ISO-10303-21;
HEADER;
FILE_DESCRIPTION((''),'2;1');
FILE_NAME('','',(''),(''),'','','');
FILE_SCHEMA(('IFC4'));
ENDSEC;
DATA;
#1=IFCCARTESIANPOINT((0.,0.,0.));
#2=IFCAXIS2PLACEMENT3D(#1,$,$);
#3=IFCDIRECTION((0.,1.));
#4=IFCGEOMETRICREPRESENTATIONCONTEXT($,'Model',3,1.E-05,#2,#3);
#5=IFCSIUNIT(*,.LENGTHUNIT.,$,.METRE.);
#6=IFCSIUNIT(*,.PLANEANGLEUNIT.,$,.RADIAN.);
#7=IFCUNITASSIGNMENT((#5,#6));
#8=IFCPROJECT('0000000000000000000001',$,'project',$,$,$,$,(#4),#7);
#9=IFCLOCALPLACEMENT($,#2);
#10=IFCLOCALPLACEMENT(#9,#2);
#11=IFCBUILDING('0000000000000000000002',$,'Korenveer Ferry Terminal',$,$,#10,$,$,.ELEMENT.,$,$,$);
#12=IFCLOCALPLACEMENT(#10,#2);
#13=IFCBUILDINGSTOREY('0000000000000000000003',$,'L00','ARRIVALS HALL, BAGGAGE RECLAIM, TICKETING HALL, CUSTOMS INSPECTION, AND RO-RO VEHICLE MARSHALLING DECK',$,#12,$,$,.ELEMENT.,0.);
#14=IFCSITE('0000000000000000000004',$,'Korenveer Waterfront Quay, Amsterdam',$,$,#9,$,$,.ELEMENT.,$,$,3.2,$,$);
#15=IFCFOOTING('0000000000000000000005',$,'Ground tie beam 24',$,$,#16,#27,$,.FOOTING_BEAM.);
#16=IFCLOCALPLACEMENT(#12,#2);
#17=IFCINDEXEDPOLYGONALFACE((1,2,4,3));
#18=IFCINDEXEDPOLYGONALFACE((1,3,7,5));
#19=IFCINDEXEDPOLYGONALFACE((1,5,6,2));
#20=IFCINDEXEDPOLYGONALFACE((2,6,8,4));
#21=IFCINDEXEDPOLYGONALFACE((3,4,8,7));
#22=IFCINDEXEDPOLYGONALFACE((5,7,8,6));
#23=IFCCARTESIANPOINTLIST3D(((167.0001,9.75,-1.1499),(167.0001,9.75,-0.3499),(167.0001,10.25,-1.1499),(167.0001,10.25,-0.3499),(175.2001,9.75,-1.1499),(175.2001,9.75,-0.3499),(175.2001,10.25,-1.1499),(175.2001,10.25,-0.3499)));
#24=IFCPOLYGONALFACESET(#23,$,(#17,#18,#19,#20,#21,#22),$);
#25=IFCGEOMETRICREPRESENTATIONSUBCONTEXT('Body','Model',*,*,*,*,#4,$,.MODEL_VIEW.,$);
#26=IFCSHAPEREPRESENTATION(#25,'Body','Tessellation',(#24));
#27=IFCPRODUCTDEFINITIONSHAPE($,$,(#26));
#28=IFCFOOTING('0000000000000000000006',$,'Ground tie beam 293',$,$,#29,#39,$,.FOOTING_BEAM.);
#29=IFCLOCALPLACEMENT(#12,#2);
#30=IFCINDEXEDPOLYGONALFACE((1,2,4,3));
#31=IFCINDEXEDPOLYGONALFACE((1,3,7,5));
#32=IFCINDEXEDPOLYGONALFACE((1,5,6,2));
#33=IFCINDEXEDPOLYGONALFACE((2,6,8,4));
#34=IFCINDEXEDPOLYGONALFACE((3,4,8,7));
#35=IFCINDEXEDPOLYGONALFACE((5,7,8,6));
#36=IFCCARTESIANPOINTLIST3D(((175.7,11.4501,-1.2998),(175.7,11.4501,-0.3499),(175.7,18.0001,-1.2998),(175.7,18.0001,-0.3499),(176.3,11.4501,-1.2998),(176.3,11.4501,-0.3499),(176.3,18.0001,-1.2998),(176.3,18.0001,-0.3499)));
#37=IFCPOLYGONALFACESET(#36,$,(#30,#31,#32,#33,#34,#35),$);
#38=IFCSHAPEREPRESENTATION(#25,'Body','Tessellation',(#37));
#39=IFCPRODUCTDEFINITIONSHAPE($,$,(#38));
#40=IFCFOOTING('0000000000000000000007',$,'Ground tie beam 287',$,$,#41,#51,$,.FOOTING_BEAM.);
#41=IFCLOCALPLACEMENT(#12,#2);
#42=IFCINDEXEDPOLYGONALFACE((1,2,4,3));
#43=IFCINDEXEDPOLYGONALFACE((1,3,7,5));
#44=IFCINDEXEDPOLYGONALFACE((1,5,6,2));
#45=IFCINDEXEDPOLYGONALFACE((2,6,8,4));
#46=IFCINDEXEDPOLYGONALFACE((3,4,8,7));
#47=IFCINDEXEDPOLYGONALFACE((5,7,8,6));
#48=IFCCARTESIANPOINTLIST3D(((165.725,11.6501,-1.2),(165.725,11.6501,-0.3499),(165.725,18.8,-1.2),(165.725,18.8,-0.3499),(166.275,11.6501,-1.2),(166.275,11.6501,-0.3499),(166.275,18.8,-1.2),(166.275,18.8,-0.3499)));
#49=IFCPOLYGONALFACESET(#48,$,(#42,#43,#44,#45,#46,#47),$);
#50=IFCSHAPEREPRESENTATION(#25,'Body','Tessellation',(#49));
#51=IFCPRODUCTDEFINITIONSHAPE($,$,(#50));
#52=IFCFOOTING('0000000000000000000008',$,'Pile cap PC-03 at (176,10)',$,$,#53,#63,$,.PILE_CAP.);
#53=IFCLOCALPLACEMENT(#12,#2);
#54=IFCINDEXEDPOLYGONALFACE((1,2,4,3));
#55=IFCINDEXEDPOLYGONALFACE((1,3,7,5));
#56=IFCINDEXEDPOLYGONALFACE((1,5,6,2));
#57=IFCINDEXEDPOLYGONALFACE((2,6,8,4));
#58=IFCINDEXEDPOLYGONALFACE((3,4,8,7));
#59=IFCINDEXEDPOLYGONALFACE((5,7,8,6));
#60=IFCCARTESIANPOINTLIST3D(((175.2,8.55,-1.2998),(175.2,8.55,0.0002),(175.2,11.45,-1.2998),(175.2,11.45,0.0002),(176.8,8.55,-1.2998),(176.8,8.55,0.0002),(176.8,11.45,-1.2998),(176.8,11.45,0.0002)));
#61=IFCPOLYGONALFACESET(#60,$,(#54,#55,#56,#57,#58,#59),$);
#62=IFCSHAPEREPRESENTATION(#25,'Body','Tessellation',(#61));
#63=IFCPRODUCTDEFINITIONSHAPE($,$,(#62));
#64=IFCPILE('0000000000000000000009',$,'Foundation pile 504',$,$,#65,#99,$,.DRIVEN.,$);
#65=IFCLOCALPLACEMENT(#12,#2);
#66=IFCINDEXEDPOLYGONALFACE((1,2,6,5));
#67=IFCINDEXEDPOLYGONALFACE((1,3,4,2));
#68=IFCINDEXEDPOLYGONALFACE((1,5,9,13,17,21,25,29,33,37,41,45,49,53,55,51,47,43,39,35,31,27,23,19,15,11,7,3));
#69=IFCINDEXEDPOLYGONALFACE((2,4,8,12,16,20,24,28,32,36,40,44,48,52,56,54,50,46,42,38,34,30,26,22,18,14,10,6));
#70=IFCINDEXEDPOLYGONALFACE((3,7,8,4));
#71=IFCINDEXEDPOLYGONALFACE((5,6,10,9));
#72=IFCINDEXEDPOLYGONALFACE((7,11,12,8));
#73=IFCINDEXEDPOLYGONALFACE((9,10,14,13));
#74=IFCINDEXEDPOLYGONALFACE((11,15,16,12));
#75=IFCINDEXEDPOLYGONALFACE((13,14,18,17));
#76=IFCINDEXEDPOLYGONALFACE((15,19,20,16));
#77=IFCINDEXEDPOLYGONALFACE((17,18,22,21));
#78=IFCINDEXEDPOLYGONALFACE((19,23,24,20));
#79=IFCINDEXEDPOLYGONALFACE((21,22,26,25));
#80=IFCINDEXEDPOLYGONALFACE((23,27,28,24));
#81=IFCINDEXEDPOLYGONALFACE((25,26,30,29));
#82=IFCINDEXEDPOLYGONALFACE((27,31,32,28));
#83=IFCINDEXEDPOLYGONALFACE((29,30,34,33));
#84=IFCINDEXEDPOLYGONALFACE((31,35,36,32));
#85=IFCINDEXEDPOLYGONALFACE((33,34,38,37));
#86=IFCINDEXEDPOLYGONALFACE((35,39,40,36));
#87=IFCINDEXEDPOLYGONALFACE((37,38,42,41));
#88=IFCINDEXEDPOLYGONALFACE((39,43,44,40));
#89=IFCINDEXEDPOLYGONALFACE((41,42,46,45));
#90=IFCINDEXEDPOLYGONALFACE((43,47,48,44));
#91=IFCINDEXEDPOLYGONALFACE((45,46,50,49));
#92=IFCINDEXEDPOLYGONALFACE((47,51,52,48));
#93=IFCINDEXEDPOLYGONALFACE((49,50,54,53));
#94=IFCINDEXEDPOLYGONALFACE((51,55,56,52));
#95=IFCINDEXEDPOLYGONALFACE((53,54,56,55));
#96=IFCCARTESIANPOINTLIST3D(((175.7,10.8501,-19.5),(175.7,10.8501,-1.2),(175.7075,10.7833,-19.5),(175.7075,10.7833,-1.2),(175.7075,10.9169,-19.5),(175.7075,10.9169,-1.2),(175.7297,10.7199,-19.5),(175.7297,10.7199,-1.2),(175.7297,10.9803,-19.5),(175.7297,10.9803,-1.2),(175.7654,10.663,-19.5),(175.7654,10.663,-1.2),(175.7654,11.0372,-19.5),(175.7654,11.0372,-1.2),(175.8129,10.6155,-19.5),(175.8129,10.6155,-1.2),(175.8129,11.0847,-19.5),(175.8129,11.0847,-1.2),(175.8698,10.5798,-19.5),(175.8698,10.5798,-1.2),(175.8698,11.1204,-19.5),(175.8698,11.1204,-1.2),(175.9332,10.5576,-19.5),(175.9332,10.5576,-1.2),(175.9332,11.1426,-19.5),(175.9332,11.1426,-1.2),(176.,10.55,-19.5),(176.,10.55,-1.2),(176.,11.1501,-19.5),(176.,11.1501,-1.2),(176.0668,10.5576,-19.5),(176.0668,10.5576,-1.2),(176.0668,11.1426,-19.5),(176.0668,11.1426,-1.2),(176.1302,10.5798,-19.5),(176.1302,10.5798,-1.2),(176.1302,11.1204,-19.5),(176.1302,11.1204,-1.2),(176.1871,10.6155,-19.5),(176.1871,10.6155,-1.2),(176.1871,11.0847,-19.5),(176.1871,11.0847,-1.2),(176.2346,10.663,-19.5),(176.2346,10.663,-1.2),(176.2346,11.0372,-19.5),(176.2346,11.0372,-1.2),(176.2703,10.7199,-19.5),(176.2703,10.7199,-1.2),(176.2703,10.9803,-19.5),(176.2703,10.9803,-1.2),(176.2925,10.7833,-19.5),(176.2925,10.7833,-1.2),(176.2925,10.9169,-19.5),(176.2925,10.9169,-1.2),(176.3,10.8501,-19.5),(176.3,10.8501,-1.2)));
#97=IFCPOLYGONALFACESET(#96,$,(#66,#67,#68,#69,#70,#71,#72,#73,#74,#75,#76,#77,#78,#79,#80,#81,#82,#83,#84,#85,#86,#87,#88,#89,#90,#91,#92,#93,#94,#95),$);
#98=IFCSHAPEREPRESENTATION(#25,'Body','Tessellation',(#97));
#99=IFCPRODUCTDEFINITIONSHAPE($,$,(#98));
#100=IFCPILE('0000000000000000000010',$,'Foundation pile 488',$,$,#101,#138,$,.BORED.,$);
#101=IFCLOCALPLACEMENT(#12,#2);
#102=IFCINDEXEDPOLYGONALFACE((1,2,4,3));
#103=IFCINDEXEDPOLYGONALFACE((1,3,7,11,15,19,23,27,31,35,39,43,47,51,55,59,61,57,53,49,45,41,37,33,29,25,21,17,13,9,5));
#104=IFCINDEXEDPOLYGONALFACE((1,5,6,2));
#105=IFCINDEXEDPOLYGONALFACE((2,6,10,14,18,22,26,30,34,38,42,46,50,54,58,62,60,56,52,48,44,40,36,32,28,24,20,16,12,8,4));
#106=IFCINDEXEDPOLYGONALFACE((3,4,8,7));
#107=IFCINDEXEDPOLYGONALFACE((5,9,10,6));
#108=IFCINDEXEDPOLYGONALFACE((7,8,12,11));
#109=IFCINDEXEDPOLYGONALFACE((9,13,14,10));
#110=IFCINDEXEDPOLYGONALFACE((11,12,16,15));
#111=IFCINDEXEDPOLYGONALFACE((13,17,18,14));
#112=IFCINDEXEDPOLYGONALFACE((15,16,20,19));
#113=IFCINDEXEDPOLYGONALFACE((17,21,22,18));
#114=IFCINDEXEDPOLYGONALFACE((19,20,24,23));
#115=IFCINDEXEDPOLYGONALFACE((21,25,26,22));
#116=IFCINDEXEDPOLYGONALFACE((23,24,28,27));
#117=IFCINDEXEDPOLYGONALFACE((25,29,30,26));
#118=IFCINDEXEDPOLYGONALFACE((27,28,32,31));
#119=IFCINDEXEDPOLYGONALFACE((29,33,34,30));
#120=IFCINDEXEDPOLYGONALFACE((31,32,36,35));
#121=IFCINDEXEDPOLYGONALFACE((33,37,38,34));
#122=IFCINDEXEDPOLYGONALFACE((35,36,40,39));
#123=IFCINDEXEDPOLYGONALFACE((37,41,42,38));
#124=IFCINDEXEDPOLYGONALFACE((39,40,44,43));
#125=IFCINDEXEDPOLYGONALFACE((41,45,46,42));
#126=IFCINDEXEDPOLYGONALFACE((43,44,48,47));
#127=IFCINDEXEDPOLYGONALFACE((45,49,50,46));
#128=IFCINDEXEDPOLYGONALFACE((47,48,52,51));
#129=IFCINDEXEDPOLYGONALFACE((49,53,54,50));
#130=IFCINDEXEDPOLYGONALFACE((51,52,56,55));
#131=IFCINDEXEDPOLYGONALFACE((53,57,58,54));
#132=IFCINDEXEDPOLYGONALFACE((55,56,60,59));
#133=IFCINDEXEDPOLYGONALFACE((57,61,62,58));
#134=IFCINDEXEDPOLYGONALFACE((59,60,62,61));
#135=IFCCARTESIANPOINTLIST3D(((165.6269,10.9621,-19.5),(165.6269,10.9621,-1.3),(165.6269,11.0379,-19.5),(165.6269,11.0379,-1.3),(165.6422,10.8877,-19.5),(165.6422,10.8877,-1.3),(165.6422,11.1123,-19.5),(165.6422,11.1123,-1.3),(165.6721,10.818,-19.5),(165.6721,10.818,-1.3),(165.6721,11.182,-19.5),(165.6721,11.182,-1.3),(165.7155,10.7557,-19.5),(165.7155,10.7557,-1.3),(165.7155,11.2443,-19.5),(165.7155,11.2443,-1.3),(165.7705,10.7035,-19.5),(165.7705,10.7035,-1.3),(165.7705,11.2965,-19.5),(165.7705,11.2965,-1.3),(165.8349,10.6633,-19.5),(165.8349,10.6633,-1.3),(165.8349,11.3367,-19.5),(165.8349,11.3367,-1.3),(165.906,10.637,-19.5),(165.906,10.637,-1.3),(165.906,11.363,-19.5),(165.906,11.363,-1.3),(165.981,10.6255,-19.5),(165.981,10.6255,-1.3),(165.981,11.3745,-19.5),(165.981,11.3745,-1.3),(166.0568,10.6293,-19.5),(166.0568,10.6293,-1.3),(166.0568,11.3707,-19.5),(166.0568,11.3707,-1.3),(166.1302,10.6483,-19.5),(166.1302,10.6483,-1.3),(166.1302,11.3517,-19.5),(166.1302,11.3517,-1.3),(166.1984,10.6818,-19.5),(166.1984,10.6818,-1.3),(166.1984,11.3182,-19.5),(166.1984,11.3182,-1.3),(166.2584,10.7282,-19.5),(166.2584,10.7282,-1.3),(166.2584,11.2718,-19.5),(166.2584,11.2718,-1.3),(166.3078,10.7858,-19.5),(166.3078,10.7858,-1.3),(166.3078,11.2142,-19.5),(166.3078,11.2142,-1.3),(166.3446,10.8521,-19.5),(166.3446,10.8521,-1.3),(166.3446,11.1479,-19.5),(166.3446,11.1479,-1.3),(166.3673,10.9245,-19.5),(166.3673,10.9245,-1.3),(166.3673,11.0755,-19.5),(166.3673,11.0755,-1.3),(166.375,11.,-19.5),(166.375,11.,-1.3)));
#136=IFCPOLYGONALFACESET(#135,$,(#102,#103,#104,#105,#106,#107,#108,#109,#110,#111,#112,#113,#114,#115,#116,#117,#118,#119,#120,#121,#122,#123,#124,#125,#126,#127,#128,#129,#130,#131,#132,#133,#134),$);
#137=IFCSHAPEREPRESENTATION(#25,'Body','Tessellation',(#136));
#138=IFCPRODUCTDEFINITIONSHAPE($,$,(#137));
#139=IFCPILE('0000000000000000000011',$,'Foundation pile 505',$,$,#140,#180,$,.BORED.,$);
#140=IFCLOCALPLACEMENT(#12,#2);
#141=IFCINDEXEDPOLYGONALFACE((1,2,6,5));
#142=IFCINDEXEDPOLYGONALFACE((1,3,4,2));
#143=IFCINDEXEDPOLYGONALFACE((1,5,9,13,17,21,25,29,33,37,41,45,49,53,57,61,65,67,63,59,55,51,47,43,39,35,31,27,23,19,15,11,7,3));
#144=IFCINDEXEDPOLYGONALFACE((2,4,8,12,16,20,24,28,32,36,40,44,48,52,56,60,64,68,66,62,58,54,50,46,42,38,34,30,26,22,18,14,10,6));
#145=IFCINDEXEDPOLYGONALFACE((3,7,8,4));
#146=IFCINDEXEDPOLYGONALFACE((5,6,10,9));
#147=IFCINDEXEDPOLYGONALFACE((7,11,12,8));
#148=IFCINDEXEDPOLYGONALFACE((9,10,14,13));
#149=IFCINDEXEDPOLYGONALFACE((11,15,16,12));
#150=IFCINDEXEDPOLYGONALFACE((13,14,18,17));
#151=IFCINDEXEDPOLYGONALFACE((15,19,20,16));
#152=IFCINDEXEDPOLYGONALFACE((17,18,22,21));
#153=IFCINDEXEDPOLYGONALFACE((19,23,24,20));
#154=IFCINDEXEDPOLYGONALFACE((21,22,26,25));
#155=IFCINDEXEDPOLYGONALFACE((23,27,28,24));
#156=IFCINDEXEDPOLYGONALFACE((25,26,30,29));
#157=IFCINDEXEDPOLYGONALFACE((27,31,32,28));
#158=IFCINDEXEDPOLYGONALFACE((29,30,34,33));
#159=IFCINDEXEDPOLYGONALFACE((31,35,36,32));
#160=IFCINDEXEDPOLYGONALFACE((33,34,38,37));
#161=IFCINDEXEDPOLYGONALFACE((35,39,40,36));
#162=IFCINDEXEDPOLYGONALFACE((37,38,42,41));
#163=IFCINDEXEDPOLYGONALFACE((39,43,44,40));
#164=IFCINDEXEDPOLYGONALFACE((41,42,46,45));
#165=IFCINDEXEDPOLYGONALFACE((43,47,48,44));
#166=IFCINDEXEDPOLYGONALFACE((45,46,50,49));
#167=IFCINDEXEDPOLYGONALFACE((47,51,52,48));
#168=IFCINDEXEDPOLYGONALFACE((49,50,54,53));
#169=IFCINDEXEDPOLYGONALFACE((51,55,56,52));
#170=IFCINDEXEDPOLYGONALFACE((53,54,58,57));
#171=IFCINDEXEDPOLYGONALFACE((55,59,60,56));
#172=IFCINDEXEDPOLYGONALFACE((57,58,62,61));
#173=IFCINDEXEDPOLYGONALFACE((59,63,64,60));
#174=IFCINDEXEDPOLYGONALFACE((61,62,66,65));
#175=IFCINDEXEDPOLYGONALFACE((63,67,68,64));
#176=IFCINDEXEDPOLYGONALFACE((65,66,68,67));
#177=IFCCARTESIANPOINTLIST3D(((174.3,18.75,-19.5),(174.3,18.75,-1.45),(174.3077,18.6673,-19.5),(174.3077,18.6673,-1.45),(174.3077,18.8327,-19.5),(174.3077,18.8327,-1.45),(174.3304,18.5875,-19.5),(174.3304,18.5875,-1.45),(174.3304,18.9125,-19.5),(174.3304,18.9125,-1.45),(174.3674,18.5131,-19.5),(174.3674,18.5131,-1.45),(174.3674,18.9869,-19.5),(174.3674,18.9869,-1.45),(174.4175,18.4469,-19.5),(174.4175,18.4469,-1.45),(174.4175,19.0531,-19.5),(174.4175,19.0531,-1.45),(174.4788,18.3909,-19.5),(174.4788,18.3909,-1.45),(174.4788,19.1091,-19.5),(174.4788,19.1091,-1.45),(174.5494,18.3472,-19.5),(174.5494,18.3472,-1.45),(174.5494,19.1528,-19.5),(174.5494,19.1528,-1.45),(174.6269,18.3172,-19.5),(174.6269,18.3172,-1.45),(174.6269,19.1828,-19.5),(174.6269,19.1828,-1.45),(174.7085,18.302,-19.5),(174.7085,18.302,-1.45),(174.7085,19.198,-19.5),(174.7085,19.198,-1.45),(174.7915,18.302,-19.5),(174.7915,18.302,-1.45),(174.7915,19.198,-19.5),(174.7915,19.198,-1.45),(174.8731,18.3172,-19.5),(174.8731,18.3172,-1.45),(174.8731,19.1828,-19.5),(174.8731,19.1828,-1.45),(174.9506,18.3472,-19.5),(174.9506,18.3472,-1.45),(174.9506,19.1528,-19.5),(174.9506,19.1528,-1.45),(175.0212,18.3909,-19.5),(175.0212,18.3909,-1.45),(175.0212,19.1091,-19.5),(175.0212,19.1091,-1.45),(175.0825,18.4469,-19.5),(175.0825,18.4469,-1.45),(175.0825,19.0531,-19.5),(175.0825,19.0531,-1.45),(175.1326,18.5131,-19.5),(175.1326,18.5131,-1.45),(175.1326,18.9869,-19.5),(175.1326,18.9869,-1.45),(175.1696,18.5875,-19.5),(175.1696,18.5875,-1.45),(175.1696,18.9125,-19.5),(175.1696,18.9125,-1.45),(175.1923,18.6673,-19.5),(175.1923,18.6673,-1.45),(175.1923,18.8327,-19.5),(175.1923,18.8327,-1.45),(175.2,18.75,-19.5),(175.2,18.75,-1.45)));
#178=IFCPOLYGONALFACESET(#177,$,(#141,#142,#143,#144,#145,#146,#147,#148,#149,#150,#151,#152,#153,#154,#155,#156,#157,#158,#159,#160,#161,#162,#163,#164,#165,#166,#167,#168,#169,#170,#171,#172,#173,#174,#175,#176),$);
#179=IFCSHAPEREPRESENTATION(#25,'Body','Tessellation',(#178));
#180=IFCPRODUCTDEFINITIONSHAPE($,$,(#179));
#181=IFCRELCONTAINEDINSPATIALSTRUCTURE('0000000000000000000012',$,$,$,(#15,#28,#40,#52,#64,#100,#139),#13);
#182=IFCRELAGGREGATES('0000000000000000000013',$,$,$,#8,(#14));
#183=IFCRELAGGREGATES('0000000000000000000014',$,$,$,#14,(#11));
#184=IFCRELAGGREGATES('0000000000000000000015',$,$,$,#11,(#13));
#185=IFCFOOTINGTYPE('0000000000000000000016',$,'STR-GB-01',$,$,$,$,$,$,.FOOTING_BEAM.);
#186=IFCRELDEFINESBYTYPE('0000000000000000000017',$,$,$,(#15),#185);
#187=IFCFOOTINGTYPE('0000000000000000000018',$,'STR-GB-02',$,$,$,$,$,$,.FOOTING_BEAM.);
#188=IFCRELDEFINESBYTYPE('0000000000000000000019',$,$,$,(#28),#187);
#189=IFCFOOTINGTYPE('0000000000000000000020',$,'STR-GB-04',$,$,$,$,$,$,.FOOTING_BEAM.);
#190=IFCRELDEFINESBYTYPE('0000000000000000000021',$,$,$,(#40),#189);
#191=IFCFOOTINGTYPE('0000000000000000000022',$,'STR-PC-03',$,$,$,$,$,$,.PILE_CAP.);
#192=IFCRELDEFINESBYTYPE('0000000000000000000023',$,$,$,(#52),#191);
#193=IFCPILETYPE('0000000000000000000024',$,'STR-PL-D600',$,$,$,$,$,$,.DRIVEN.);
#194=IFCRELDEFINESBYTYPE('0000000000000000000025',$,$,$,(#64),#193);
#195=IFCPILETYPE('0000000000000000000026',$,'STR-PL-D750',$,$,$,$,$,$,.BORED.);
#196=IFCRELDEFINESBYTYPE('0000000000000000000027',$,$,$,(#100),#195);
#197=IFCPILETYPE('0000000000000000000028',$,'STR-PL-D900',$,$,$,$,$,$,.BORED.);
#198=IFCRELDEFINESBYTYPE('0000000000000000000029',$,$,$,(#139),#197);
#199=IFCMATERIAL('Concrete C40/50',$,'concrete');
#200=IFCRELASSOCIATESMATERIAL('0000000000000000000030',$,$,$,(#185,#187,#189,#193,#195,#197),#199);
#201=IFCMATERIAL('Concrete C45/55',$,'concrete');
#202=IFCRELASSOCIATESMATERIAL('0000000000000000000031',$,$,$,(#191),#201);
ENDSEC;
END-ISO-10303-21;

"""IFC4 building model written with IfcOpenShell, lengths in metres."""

from ifc_helpers import new_model, si_unit, direction, frame, origin, origin_2d, place, context, subcontext, project, spatial, rectangle, circle, extrude, material, material_profile, profile_set, type_object, element, save


model = new_model("IFC4")

# Units and contexts
model_context = context("Model", 3, precision=1e-05, world=origin(), true_north=direction((0.0, 1.0)))
body_context = subcontext(model_context, "Body", "Model", "MODEL_VIEW")
ifc_project = project(units=[si_unit("LENGTHUNIT", "METRE"), si_unit("PLANEANGLEUNIT", "RADIAN")], contexts=[model_context])

# Site, building, storey
site_placement = place(None, origin())
site = spatial("IfcSite", under=ifc_project, at=site_placement, Name="Korenveer Waterfront Quay, Amsterdam", CompositionType="ELEMENT", RefElevation=3.2)
building_placement = place(site_placement, origin())
building = spatial("IfcBuilding", under=site, at=building_placement, Name="Korenveer Ferry Terminal", CompositionType="ELEMENT")
storey_placement = place(building_placement, origin())
storey = spatial("IfcBuildingStorey", under=building, at=storey_placement, Name="L00", Description="ARRIVALS HALL, BAGGAGE RECLAIM, TICKETING HALL, CUSTOMS INSPECTION, AND RO-RO VEHICLE MARSHALLING DECK", CompositionType="ELEMENT", Elevation=0.0)

# Footings
ifc_material_1 = material(Name="Concrete C40/50", Category="concrete")
footing_type_1 = type_object("IfcFootingType", Name="STR-GB-01", PredefinedType="FOOTING_BEAM", material=ifc_material_1)
footing_1_placement = place(storey_placement, frame((171.1001, 10.0, -1.1499), z_axis=(0.0, 0.0, 1.0), x_axis=(1.0, 0.0, 0.0)))
element("IfcFooting", 1, at=footing_1_placement, inside=storey, type_object=footing_type_1, Name="Ground tie beam 24", PredefinedType="FOOTING_BEAM", context=body_context, shape_type="SweptSolid", body=[
    extrude(rectangle(XDim=8.2, YDim=0.5, at=origin_2d()), origin(), (0.0, 0.0, 1.0), 0.8),
])
footing_type_2 = type_object("IfcFootingType", Name="STR-GB-02", PredefinedType="FOOTING_BEAM", material=ifc_material_1)
footing_2_placement = place(storey_placement, frame((176.0, 14.7251, -1.2998), z_axis=(0.0, 0.0, 1.0), x_axis=(1.0, 0.0, 0.0)))
element("IfcFooting", 2, at=footing_2_placement, inside=storey, type_object=footing_type_2, Name="Ground tie beam 293", PredefinedType="FOOTING_BEAM", context=body_context, shape_type="SweptSolid", body=[
    extrude(rectangle(XDim=0.6001, YDim=6.55, at=origin_2d()), origin(), (0.0, 0.0, 1.0), 0.95),
])
footing_type_3 = type_object("IfcFootingType", Name="STR-GB-04", PredefinedType="FOOTING_BEAM", material=ifc_material_1)
footing_3_placement = place(storey_placement, frame((166.0, 15.2251, -1.2), z_axis=(0.0, 0.0, 1.0), x_axis=(1.0, 0.0, 0.0)))
element("IfcFooting", 3, at=footing_3_placement, inside=storey, type_object=footing_type_3, Name="Ground tie beam 287", PredefinedType="FOOTING_BEAM", context=body_context, shape_type="SweptSolid", body=[
    extrude(rectangle(XDim=0.55, YDim=7.1499, at=origin_2d()), origin(), (0.0, 0.0, 1.0), 0.8501),
])
ifc_material_2 = material(Name="Concrete C45/55", Category="concrete")
footing_type_4 = type_object("IfcFootingType", Name="STR-PC-03", PredefinedType="PILE_CAP", material=ifc_material_2)
footing_4_placement = place(storey_placement, frame((176.0, 10.0, -1.2998), z_axis=(0.0, 0.0, 1.0), x_axis=(1.0, 0.0, 0.0)))
element("IfcFooting", 4, at=footing_4_placement, inside=storey, type_object=footing_type_4, Name="Pile cap PC-03 at (176,10)", PredefinedType="PILE_CAP", context=body_context, shape_type="SweptSolid", body=[
    extrude(rectangle(XDim=1.6001, YDim=2.8999, at=origin_2d()), origin(), (0.0, 0.0, 1.0), 1.3),
])

# Piles
ifc_material_profile_1 = material_profile(ifc_material_1, circle(Radius=0.3, at=origin_2d()), Name="PILE D600")
ifc_profile_set_1 = profile_set([ifc_material_profile_1], Name="Concrete C40/50")
pile_type_1 = type_object("IfcPileType", Name="STR-PL-D600", PredefinedType="DRIVEN", material=ifc_profile_set_1)
pile_1_placement = place(storey_placement, frame((176.0, 10.8501, -1.2), z_axis=(0.0, 0.0, -1.0), x_axis=(1.0, 0.0, 0.0)))
element("IfcPile", 5, at=pile_1_placement, inside=storey, type_object=pile_type_1, Name="Foundation pile 504", PredefinedType="DRIVEN", context=body_context, shape_type="SweptSolid", body=[
    extrude(circle(Radius=0.3, at=origin_2d()), origin(), (0.0, 0.0, 1.0), 18.3),
])
ifc_material_profile_2 = material_profile(ifc_material_1, circle(Radius=0.375, at=origin_2d()), Name="PILE D750")
ifc_profile_set_2 = profile_set([ifc_material_profile_2], Name="Concrete C40/50")
pile_type_2 = type_object("IfcPileType", Name="STR-PL-D750", PredefinedType="BORED", material=ifc_profile_set_2)
pile_2_placement = place(storey_placement, frame((166.0, 11.0, -1.3), z_axis=(0.0, 0.0, -1.0), x_axis=(1.0, 0.0, 0.0)))
element("IfcPile", 6, at=pile_2_placement, inside=storey, type_object=pile_type_2, Name="Foundation pile 488", PredefinedType="BORED", context=body_context, shape_type="SweptSolid", body=[
    extrude(circle(Radius=0.375, at=origin_2d()), origin(), (0.0, 0.0, 1.0), 18.2),
])
ifc_material_profile_3 = material_profile(ifc_material_1, circle(Radius=0.45, at=origin_2d()), Name="PILE D900")
ifc_profile_set_3 = profile_set([ifc_material_profile_3], Name="Concrete C40/50")
pile_type_3 = type_object("IfcPileType", Name="STR-PL-D900", PredefinedType="BORED", material=ifc_profile_set_3)
for number, where, z_axis, x_axis, name in (
    (7, (174.75, 18.75, -1.45), (0.0, 0.0, -1.0), (1.0, 0.0, 0.0), "Foundation pile 505"),
):
    element("IfcPile", number, at=place(storey_placement, frame(where, z_axis=z_axis, x_axis=x_axis)), inside=storey, type_object=pile_type_3, Name=name, PredefinedType="BORED", context=body_context, shape_type="SweptSolid", body=[
        extrude(circle(Radius=0.45, at=origin_2d()), origin(), (0.0, 0.0, 1.0), 18.05),
    ])

save(model, "model.ifc")
